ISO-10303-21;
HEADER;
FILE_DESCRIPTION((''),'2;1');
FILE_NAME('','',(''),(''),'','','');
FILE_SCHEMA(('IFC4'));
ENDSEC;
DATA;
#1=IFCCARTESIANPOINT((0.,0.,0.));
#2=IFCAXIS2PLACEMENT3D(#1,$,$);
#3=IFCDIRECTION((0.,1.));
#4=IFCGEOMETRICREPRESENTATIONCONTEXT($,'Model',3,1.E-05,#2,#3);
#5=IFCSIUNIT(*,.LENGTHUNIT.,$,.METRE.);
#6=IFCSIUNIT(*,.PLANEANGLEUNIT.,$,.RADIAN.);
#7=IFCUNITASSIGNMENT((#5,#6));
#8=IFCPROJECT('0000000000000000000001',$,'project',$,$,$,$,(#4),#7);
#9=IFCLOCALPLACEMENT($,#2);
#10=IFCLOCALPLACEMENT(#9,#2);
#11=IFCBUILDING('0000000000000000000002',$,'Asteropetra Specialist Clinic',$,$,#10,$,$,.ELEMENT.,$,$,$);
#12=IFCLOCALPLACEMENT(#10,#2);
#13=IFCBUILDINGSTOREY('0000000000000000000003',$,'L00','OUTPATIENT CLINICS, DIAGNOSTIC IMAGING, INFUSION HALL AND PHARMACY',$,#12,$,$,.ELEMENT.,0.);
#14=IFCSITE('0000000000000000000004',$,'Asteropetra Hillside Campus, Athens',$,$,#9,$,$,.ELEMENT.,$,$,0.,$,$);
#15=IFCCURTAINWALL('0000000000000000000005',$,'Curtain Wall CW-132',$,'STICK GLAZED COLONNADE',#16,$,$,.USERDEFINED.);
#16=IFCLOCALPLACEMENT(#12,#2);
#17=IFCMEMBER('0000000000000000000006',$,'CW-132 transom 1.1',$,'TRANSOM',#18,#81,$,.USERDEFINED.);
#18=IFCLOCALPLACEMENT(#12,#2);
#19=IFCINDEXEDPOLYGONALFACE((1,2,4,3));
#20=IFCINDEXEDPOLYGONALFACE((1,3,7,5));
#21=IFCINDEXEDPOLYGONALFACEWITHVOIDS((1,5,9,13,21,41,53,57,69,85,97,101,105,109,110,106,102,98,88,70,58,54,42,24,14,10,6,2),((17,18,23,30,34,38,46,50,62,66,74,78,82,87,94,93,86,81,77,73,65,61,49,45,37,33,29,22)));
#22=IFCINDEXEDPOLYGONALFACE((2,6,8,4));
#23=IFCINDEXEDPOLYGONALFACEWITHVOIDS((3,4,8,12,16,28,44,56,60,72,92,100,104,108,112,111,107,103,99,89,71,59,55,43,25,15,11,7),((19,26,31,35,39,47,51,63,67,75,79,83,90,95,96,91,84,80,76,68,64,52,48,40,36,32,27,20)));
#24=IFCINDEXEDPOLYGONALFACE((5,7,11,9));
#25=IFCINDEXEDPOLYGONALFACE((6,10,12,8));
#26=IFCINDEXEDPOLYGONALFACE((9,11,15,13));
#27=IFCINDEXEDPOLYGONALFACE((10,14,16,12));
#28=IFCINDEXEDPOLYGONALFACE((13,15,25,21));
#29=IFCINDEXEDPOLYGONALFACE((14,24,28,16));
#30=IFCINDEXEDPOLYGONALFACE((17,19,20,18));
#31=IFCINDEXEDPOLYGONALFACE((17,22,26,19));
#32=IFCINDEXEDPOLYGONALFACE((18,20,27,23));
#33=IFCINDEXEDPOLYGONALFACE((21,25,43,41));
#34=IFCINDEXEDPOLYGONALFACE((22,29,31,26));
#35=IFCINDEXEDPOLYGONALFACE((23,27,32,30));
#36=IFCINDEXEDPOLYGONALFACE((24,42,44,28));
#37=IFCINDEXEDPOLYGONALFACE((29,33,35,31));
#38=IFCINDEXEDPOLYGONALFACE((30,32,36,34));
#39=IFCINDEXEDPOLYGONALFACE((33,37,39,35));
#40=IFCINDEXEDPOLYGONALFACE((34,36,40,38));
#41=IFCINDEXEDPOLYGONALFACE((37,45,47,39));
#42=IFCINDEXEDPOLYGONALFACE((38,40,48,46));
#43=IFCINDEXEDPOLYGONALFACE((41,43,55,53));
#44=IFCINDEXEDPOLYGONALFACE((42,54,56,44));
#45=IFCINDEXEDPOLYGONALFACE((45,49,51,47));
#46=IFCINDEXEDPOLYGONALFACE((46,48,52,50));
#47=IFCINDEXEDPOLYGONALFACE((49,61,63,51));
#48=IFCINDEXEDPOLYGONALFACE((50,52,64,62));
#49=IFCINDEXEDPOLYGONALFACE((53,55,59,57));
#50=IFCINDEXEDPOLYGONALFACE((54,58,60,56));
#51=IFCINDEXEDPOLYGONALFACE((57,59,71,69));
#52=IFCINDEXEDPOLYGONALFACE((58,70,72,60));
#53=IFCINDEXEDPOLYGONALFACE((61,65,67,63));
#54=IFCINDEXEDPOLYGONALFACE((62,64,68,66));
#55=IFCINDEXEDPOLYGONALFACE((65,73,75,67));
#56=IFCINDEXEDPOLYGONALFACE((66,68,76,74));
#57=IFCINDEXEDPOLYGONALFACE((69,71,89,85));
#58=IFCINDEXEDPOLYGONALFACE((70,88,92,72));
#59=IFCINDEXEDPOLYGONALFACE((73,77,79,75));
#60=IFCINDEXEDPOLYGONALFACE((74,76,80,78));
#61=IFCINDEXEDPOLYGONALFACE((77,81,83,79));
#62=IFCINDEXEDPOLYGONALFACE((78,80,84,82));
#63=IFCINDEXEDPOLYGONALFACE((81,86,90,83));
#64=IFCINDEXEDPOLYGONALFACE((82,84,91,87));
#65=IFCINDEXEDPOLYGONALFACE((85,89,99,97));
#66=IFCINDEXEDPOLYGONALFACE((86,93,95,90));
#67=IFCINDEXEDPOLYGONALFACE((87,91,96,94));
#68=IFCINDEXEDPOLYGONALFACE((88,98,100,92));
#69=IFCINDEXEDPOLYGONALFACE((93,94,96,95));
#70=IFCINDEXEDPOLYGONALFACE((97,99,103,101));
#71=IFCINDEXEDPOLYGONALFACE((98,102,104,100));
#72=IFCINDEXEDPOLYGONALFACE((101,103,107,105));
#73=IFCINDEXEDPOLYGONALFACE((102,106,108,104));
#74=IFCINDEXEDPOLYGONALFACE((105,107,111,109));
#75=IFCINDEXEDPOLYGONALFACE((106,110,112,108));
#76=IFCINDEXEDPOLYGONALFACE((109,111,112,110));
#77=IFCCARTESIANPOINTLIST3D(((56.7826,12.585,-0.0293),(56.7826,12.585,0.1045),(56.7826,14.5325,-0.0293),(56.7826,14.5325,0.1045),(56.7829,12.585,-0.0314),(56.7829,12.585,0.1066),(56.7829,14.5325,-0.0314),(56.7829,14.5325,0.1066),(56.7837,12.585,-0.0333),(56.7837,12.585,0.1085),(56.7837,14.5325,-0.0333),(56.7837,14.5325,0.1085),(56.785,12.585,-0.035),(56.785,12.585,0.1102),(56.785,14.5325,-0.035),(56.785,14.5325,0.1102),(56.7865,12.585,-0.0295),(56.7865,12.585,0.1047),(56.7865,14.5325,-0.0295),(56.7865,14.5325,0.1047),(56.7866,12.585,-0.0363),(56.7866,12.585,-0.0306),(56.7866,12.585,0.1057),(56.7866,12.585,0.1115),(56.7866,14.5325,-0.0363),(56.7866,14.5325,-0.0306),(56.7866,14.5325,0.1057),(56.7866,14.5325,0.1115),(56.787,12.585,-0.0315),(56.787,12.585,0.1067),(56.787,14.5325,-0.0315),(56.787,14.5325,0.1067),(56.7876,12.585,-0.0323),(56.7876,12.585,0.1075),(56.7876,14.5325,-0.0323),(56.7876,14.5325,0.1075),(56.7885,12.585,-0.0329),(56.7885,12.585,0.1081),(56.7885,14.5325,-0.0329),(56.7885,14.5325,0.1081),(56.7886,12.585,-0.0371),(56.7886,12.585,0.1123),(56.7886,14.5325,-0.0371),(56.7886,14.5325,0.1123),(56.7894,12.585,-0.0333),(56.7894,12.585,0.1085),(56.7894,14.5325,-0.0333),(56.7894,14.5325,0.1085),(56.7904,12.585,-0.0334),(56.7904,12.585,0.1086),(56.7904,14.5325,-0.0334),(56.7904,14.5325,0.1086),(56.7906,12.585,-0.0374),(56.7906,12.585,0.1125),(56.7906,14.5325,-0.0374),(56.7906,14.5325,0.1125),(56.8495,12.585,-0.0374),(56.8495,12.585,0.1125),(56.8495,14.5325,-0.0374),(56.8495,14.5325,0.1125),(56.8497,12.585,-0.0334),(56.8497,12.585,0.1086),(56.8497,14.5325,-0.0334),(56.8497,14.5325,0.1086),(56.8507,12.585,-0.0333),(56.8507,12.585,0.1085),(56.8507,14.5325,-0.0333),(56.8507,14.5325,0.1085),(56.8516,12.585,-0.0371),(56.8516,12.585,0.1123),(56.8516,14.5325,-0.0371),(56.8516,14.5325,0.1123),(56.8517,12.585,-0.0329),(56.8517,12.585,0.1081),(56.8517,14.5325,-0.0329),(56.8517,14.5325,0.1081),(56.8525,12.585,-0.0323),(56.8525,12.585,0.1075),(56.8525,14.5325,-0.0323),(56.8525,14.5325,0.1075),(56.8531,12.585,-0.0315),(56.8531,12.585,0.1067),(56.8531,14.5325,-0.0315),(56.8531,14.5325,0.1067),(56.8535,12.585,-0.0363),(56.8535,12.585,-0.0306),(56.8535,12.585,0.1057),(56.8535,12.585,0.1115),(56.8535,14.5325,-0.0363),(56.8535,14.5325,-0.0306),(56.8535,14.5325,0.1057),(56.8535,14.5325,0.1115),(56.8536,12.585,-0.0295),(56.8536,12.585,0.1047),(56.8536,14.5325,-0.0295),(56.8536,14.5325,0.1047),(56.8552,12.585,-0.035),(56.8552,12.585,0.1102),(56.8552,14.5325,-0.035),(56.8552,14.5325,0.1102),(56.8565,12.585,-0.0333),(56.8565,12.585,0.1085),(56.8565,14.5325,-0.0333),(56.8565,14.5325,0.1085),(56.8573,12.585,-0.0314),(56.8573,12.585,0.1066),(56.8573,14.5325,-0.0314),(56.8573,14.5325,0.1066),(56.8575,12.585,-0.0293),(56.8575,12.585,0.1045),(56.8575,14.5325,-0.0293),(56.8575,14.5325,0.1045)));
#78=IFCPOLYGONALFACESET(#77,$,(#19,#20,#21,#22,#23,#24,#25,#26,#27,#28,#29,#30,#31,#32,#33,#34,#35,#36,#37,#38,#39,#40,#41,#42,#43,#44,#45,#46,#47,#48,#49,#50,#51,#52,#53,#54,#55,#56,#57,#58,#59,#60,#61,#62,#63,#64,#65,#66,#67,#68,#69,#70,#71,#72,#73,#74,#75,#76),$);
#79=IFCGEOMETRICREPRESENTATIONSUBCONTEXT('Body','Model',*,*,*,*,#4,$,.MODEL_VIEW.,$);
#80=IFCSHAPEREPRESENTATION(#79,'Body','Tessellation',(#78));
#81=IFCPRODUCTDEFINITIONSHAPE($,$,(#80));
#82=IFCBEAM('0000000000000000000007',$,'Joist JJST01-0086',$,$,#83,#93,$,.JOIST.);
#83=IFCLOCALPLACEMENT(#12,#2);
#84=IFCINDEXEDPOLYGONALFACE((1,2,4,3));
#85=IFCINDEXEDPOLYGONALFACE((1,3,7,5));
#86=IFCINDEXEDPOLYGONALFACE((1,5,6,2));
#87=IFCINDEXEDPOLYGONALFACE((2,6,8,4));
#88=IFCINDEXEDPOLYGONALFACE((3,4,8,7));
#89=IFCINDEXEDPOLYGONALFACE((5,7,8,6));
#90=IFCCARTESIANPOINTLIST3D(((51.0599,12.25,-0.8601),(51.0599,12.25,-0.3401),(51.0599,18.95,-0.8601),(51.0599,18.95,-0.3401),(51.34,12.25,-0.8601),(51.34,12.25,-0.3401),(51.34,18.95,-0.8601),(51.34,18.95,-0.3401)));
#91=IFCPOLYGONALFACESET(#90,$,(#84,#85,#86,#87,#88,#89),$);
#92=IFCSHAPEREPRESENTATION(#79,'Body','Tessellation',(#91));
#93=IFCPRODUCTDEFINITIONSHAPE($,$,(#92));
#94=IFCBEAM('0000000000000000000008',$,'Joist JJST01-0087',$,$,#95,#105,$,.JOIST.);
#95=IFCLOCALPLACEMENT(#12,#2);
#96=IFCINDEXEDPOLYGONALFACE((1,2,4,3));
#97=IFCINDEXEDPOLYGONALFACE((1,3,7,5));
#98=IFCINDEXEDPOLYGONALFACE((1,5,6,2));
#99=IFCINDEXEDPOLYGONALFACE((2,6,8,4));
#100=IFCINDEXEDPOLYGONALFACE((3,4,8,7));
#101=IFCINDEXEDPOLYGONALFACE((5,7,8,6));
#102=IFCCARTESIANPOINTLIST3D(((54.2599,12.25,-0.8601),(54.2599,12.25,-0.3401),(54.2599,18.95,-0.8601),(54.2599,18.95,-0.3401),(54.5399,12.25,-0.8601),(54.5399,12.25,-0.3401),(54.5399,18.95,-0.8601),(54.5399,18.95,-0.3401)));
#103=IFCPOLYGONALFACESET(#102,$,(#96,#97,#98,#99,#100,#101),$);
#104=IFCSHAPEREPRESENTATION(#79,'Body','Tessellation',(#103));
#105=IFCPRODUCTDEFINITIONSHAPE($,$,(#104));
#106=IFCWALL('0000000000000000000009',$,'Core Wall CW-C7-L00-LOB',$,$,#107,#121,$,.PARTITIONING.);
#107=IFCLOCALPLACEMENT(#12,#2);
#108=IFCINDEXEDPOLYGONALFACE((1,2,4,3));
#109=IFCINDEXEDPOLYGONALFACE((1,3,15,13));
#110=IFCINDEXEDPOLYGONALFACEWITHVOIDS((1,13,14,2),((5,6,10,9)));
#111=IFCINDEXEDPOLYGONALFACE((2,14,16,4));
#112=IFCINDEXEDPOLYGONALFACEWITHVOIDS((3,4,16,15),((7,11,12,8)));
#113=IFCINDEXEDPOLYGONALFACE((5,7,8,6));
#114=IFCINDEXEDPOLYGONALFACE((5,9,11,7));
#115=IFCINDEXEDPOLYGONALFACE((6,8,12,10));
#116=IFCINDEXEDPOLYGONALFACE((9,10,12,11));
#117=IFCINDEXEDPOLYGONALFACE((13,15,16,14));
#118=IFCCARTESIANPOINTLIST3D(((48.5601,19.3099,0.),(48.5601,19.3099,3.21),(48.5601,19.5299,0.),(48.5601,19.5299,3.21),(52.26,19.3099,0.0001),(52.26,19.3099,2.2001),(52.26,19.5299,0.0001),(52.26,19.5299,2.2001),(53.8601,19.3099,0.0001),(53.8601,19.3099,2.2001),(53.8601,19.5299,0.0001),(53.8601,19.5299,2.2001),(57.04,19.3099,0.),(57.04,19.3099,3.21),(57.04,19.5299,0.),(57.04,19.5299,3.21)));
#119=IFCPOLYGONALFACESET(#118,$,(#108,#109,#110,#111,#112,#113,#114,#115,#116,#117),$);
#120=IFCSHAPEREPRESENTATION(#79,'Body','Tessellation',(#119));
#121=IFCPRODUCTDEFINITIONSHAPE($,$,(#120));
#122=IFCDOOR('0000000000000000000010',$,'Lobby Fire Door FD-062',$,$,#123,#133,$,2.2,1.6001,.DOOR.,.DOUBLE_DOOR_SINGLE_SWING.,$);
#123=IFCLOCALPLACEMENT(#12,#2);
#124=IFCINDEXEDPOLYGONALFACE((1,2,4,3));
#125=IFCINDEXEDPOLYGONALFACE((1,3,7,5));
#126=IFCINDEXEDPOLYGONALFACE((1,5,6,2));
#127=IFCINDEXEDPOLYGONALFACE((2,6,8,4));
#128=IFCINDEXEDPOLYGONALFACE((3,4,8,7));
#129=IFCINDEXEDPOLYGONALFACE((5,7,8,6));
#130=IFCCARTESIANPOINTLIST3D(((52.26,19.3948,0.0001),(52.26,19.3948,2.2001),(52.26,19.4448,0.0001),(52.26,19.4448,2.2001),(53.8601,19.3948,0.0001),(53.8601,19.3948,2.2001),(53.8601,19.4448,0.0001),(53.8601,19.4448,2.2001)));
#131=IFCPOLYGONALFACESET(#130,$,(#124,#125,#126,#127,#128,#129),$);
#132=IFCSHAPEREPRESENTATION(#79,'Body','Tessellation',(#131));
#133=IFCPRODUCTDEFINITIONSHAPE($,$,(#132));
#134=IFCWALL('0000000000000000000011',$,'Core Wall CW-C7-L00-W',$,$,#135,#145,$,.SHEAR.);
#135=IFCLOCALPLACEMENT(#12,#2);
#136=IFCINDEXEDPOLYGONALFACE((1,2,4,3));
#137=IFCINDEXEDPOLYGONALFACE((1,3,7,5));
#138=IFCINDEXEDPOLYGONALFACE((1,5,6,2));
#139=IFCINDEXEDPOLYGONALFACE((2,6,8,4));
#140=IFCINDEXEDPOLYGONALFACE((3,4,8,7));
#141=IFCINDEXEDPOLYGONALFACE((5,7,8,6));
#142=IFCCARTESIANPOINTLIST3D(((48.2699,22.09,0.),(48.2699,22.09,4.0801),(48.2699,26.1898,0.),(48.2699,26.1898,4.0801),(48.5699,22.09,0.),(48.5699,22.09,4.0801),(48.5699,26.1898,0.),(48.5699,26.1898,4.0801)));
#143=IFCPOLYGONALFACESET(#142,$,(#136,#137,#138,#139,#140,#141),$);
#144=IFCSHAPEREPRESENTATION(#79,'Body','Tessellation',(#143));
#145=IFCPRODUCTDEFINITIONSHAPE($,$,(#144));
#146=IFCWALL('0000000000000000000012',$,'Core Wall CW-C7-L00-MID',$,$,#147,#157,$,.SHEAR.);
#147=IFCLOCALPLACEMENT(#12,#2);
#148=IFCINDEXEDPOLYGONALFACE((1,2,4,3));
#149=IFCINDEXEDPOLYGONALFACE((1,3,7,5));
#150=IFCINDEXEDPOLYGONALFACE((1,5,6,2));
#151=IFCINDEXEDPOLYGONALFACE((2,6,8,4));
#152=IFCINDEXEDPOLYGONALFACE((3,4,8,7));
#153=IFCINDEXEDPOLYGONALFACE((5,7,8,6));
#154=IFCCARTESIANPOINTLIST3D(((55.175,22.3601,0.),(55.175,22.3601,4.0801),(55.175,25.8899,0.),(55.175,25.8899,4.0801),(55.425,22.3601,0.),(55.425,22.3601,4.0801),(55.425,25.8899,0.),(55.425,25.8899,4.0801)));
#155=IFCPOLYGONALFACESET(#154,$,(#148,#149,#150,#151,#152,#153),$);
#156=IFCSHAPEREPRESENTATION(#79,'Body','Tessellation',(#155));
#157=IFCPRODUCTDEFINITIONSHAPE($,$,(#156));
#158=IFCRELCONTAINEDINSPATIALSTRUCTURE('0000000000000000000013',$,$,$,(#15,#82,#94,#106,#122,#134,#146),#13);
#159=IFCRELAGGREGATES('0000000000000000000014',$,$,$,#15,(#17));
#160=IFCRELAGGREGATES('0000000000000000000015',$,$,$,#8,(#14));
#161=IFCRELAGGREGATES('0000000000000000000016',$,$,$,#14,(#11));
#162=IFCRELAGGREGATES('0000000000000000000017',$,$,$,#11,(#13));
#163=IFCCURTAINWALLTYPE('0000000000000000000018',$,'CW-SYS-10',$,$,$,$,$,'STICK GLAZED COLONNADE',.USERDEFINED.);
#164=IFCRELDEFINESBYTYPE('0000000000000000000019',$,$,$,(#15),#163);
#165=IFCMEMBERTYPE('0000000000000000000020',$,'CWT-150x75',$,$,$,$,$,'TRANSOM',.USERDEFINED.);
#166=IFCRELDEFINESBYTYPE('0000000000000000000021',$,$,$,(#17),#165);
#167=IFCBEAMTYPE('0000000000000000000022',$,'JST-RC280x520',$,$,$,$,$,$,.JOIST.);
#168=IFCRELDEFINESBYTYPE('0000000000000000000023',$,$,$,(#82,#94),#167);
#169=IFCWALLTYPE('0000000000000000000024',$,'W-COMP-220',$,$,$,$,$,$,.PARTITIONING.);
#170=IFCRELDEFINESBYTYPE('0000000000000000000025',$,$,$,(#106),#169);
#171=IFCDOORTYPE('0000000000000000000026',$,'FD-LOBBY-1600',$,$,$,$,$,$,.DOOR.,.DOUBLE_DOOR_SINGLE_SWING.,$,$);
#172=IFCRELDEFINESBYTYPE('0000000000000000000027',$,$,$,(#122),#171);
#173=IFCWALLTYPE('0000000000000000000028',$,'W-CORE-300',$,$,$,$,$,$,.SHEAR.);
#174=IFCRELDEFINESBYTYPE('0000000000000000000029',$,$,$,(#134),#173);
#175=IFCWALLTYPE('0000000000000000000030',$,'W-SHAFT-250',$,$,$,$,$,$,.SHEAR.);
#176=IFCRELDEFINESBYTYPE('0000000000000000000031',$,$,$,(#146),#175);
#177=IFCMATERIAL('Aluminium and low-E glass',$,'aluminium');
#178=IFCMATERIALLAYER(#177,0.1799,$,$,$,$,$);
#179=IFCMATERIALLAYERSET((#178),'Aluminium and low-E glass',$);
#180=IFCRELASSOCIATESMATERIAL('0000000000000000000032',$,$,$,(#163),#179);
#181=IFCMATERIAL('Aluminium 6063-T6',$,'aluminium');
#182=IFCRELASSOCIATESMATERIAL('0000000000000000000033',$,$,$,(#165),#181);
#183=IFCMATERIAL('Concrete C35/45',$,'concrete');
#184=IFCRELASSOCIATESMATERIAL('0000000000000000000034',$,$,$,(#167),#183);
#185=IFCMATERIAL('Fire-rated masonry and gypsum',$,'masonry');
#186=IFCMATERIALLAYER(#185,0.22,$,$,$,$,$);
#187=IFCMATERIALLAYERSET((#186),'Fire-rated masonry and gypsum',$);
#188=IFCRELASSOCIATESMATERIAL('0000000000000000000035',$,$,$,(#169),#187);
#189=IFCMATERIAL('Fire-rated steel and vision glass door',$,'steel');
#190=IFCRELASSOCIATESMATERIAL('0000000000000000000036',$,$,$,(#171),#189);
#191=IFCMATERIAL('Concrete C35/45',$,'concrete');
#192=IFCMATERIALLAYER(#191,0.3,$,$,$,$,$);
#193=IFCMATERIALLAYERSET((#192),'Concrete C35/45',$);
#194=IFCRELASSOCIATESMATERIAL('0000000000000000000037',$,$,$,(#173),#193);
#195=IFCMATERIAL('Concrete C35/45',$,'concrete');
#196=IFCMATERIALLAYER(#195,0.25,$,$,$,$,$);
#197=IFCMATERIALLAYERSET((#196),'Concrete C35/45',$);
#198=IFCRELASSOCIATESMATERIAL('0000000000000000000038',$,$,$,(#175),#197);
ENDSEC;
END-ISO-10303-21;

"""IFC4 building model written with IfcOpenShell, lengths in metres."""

from ifc_helpers import new_model, si_unit, direction, frame, frame_2d, origin, origin_2d, place, context, subcontext, project, spatial, rectangle, hollow_rectangle, extrude, material, layer, layer_set, material_profile, profile_set, type_object, element, fill, aggregate, save


model = new_model("IFC4")

# Units and contexts
model_context = context("Model", 3, precision=1e-05, world=origin(), true_north=direction((0.0, 1.0)))
body_context = subcontext(model_context, "Body", "Model", "MODEL_VIEW")
ifc_project = project(units=[si_unit("LENGTHUNIT", "METRE"), si_unit("PLANEANGLEUNIT", "RADIAN")], contexts=[model_context])

# Site, building, storey
site_placement = place(None, origin())
site = spatial("IfcSite", under=ifc_project, at=site_placement, Name="Asteropetra Hillside Campus, Athens", CompositionType="ELEMENT", RefElevation=0.0)
building_placement = place(site_placement, origin())
building = spatial("IfcBuilding", under=site, at=building_placement, Name="Asteropetra Specialist Clinic", CompositionType="ELEMENT")
storey_placement = place(building_placement, origin())
storey = spatial("IfcBuildingStorey", under=building, at=storey_placement, Name="L00", Description="OUTPATIENT CLINICS, DIAGNOSTIC IMAGING, INFUSION HALL AND PHARMACY", CompositionType="ELEMENT", Elevation=0.0)

# Curtain wall, member
ifc_material_1 = material(Name="Aluminium and low-E glass", Category="aluminium")
ifc_layer_1 = layer(ifc_material_1, 0.1799)
ifc_layer_set_1 = layer_set([ifc_layer_1], Name="Aluminium and low-E glass")
curtain_wall_type = type_object("IfcCurtainWallType", Name="CW-SYS-10", ElementType="STICK GLAZED COLONNADE", PredefinedType="USERDEFINED", material=ifc_layer_set_1)
curtain_wall_placement = place(storey_placement, origin())
curtain_wall = element("IfcCurtainWall", 1, at=curtain_wall_placement, inside=storey, type_object=curtain_wall_type, Name="Curtain Wall CW-132", ObjectType="STICK GLAZED COLONNADE", PredefinedType="USERDEFINED")
ifc_material_2 = material(Name="Aluminium 6063-T6", Category="aluminium")
ifc_material_profile_1 = material_profile(ifc_material_2, hollow_rectangle(XDim=0.075, YDim=0.1499, WallThickness=0.0039, InnerFilletRadius=0.0039, OuterFilletRadius=0.0081, at=origin_2d()), Name="TRN 150x75x4.0")
ifc_profile_set_1 = profile_set([ifc_material_profile_1], Name="Aluminium 6063-T6")
member_type_1 = type_object("IfcMemberType", Name="CWT-150x75", ElementType="TRANSOM", PredefinedType="USERDEFINED", material=ifc_profile_set_1)
member_1_placement = place(storey_placement, frame((56.8201, 12.585, 0.0376), z_axis=(0.0, 1.0, 0.0), x_axis=(-1.0, 0.0, 0.0)))
member_1 = element("IfcMember", 2, at=member_1_placement, type_object=member_type_1, Name="CW-132 transom 1.1", ObjectType="TRANSOM", PredefinedType="USERDEFINED", context=body_context, shape_type="SweptSolid", body=[
    extrude(hollow_rectangle(XDim=0.075, YDim=0.1499, WallThickness=0.0039, InnerFilletRadius=0.0039, OuterFilletRadius=0.0081, at=origin_2d()), origin(), (0.0, 0.0, 1.0), 1.9475),
])
aggregate(curtain_wall, [member_1])

# Beams
ifc_material_3 = material(Name="Concrete C35/45", Category="concrete")
ifc_material_profile_2 = material_profile(ifc_material_3, rectangle(XDim=0.28, YDim=0.52, at=origin_2d()), Name="RCJ 280x520")
ifc_profile_set_2 = profile_set([ifc_material_profile_2], Name="Concrete C35/45")
beam_type_1 = type_object("IfcBeamType", Name="JST-RC280x520", PredefinedType="JOIST", material=ifc_profile_set_2)
for number, where, z_axis, x_axis, name in (
    (3, (51.2, 12.25, -0.6001), (0.0, 1.0, 0.0), (-1.0, 0.0, 0.0), "Joist JJST01-0086"),
    (4, (54.3999, 12.25, -0.6001), (0.0, 1.0, 0.0), (-1.0, 0.0, 0.0), "Joist JJST01-0087"),
):
    element("IfcBeam", number, at=place(storey_placement, frame(where, z_axis=z_axis, x_axis=x_axis)), inside=storey, type_object=beam_type_1, Name=name, PredefinedType="JOIST", context=body_context, shape_type="SweptSolid", body=[
        extrude(rectangle(XDim=0.28, YDim=0.52, at=origin_2d()), origin(), (0.0, 0.0, 1.0), 6.7),
    ])

# Wall, opening, door
ifc_material_4 = material(Name="Fire-rated masonry and gypsum", Category="masonry")
ifc_layer_2 = layer(ifc_material_4, 0.22)
ifc_layer_set_2 = layer_set([ifc_layer_2], Name="Fire-rated masonry and gypsum")
wall_type_1 = type_object("IfcWallType", Name="W-COMP-220", PredefinedType="PARTITIONING", material=ifc_layer_set_2)
wall_1_placement = place(storey_placement, frame((48.5601, 19.4199, 0.0), z_axis=(0.0, 0.0, 1.0), x_axis=(1.0, 0.0, 0.0)))
wall_1 = element("IfcWall", 5, at=wall_1_placement, inside=storey, type_object=wall_type_1, Name="Core Wall CW-C7-L00-LOB", PredefinedType="PARTITIONING", context=body_context, shape_type="SweptSolid", body=[
    extrude(rectangle(XDim=8.48, YDim=0.22, at=frame_2d((4.24, 0.0))), origin(), (0.0, 0.0, 1.0), 3.21),
])
opening_1_placement = place(wall_1_placement, frame((3.7, 0.0, 0.0)))
opening_1 = element("IfcOpeningElement", 6, at=opening_1_placement, cuts=wall_1, PredefinedType="OPENING", context=body_context, shape_type="SweptSolid", body=[
    extrude(rectangle(XDim=1.6001, YDim=2.2, at=frame_2d((0.8, 1.1001))), frame((0.0, 0.1199, 0.0), z_axis=(0.0, -1.0, 0.0), x_axis=(1.0, 0.0, 0.0)), (0.0, 0.0, 1.0), 0.24),
])
ifc_material_5 = material(Name="Fire-rated steel and vision glass door", Category="steel")
door_type_1 = type_object("IfcDoorType", Name="FD-LOBBY-1600", OperationType="DOUBLE_DOOR_SINGLE_SWING", PredefinedType="DOOR", material=ifc_material_5)
door_1_placement = place(opening_1_placement, origin())
door_1 = element("IfcDoor", 7, at=door_1_placement, inside=storey, type_object=door_type_1, Name="Lobby Fire Door FD-062", OperationType="DOUBLE_DOOR_SINGLE_SWING", OverallHeight=2.2, OverallWidth=1.6001, PredefinedType="DOOR", context=body_context, shape_type="SweptSolid", body=[
    extrude(rectangle(XDim=1.6001, YDim=2.2, at=frame_2d((0.8, 1.1001))), frame((0.0, 0.0249, 0.0), z_axis=(0.0, -1.0, 0.0), x_axis=(1.0, 0.0, 0.0)), (0.0, 0.0, 1.0), 0.05),
])
fill(opening_1, door_1)

# Wall
ifc_material_6 = material(Name="Concrete C35/45", Category="concrete")
ifc_layer_3 = layer(ifc_material_6, 0.3)
ifc_layer_set_3 = layer_set([ifc_layer_3], Name="Concrete C35/45")
wall_type_2 = type_object("IfcWallType", Name="W-CORE-300", PredefinedType="SHEAR", material=ifc_layer_set_3)
wall_2_placement = place(storey_placement, frame((48.4199, 22.0901, 0.0), z_axis=(0.0, 0.0, 1.0), x_axis=(0.0, 1.0, 0.0)))
element("IfcWall", 8, at=wall_2_placement, inside=storey, type_object=wall_type_2, Name="Core Wall CW-C7-L00-W", PredefinedType="SHEAR", context=body_context, shape_type="SweptSolid", body=[
    extrude(rectangle(XDim=4.0999, YDim=0.3, at=frame_2d((2.0498, 0.0))), origin(), (0.0, 0.0, 1.0), 4.0801),
])

# Wall
ifc_material_7 = material(Name="Concrete C35/45", Category="concrete")
ifc_layer_4 = layer(ifc_material_7, 0.25)
ifc_layer_set_4 = layer_set([ifc_layer_4], Name="Concrete C35/45")
wall_type_3 = type_object("IfcWallType", Name="W-SHAFT-250", PredefinedType="SHEAR", material=ifc_layer_set_4)
wall_3_placement = place(storey_placement, frame((55.3, 22.3601, 0.0), z_axis=(0.0, 0.0, 1.0), x_axis=(0.0, 1.0, 0.0)))
element("IfcWall", 9, at=wall_3_placement, inside=storey, type_object=wall_type_3, Name="Core Wall CW-C7-L00-MID", PredefinedType="SHEAR", context=body_context, shape_type="SweptSolid", body=[
    extrude(rectangle(XDim=3.5298, YDim=0.25, at=frame_2d((1.7649, 0.0))), origin(), (0.0, 0.0, 1.0), 4.0801),
])

save(model, "model.ifc")
